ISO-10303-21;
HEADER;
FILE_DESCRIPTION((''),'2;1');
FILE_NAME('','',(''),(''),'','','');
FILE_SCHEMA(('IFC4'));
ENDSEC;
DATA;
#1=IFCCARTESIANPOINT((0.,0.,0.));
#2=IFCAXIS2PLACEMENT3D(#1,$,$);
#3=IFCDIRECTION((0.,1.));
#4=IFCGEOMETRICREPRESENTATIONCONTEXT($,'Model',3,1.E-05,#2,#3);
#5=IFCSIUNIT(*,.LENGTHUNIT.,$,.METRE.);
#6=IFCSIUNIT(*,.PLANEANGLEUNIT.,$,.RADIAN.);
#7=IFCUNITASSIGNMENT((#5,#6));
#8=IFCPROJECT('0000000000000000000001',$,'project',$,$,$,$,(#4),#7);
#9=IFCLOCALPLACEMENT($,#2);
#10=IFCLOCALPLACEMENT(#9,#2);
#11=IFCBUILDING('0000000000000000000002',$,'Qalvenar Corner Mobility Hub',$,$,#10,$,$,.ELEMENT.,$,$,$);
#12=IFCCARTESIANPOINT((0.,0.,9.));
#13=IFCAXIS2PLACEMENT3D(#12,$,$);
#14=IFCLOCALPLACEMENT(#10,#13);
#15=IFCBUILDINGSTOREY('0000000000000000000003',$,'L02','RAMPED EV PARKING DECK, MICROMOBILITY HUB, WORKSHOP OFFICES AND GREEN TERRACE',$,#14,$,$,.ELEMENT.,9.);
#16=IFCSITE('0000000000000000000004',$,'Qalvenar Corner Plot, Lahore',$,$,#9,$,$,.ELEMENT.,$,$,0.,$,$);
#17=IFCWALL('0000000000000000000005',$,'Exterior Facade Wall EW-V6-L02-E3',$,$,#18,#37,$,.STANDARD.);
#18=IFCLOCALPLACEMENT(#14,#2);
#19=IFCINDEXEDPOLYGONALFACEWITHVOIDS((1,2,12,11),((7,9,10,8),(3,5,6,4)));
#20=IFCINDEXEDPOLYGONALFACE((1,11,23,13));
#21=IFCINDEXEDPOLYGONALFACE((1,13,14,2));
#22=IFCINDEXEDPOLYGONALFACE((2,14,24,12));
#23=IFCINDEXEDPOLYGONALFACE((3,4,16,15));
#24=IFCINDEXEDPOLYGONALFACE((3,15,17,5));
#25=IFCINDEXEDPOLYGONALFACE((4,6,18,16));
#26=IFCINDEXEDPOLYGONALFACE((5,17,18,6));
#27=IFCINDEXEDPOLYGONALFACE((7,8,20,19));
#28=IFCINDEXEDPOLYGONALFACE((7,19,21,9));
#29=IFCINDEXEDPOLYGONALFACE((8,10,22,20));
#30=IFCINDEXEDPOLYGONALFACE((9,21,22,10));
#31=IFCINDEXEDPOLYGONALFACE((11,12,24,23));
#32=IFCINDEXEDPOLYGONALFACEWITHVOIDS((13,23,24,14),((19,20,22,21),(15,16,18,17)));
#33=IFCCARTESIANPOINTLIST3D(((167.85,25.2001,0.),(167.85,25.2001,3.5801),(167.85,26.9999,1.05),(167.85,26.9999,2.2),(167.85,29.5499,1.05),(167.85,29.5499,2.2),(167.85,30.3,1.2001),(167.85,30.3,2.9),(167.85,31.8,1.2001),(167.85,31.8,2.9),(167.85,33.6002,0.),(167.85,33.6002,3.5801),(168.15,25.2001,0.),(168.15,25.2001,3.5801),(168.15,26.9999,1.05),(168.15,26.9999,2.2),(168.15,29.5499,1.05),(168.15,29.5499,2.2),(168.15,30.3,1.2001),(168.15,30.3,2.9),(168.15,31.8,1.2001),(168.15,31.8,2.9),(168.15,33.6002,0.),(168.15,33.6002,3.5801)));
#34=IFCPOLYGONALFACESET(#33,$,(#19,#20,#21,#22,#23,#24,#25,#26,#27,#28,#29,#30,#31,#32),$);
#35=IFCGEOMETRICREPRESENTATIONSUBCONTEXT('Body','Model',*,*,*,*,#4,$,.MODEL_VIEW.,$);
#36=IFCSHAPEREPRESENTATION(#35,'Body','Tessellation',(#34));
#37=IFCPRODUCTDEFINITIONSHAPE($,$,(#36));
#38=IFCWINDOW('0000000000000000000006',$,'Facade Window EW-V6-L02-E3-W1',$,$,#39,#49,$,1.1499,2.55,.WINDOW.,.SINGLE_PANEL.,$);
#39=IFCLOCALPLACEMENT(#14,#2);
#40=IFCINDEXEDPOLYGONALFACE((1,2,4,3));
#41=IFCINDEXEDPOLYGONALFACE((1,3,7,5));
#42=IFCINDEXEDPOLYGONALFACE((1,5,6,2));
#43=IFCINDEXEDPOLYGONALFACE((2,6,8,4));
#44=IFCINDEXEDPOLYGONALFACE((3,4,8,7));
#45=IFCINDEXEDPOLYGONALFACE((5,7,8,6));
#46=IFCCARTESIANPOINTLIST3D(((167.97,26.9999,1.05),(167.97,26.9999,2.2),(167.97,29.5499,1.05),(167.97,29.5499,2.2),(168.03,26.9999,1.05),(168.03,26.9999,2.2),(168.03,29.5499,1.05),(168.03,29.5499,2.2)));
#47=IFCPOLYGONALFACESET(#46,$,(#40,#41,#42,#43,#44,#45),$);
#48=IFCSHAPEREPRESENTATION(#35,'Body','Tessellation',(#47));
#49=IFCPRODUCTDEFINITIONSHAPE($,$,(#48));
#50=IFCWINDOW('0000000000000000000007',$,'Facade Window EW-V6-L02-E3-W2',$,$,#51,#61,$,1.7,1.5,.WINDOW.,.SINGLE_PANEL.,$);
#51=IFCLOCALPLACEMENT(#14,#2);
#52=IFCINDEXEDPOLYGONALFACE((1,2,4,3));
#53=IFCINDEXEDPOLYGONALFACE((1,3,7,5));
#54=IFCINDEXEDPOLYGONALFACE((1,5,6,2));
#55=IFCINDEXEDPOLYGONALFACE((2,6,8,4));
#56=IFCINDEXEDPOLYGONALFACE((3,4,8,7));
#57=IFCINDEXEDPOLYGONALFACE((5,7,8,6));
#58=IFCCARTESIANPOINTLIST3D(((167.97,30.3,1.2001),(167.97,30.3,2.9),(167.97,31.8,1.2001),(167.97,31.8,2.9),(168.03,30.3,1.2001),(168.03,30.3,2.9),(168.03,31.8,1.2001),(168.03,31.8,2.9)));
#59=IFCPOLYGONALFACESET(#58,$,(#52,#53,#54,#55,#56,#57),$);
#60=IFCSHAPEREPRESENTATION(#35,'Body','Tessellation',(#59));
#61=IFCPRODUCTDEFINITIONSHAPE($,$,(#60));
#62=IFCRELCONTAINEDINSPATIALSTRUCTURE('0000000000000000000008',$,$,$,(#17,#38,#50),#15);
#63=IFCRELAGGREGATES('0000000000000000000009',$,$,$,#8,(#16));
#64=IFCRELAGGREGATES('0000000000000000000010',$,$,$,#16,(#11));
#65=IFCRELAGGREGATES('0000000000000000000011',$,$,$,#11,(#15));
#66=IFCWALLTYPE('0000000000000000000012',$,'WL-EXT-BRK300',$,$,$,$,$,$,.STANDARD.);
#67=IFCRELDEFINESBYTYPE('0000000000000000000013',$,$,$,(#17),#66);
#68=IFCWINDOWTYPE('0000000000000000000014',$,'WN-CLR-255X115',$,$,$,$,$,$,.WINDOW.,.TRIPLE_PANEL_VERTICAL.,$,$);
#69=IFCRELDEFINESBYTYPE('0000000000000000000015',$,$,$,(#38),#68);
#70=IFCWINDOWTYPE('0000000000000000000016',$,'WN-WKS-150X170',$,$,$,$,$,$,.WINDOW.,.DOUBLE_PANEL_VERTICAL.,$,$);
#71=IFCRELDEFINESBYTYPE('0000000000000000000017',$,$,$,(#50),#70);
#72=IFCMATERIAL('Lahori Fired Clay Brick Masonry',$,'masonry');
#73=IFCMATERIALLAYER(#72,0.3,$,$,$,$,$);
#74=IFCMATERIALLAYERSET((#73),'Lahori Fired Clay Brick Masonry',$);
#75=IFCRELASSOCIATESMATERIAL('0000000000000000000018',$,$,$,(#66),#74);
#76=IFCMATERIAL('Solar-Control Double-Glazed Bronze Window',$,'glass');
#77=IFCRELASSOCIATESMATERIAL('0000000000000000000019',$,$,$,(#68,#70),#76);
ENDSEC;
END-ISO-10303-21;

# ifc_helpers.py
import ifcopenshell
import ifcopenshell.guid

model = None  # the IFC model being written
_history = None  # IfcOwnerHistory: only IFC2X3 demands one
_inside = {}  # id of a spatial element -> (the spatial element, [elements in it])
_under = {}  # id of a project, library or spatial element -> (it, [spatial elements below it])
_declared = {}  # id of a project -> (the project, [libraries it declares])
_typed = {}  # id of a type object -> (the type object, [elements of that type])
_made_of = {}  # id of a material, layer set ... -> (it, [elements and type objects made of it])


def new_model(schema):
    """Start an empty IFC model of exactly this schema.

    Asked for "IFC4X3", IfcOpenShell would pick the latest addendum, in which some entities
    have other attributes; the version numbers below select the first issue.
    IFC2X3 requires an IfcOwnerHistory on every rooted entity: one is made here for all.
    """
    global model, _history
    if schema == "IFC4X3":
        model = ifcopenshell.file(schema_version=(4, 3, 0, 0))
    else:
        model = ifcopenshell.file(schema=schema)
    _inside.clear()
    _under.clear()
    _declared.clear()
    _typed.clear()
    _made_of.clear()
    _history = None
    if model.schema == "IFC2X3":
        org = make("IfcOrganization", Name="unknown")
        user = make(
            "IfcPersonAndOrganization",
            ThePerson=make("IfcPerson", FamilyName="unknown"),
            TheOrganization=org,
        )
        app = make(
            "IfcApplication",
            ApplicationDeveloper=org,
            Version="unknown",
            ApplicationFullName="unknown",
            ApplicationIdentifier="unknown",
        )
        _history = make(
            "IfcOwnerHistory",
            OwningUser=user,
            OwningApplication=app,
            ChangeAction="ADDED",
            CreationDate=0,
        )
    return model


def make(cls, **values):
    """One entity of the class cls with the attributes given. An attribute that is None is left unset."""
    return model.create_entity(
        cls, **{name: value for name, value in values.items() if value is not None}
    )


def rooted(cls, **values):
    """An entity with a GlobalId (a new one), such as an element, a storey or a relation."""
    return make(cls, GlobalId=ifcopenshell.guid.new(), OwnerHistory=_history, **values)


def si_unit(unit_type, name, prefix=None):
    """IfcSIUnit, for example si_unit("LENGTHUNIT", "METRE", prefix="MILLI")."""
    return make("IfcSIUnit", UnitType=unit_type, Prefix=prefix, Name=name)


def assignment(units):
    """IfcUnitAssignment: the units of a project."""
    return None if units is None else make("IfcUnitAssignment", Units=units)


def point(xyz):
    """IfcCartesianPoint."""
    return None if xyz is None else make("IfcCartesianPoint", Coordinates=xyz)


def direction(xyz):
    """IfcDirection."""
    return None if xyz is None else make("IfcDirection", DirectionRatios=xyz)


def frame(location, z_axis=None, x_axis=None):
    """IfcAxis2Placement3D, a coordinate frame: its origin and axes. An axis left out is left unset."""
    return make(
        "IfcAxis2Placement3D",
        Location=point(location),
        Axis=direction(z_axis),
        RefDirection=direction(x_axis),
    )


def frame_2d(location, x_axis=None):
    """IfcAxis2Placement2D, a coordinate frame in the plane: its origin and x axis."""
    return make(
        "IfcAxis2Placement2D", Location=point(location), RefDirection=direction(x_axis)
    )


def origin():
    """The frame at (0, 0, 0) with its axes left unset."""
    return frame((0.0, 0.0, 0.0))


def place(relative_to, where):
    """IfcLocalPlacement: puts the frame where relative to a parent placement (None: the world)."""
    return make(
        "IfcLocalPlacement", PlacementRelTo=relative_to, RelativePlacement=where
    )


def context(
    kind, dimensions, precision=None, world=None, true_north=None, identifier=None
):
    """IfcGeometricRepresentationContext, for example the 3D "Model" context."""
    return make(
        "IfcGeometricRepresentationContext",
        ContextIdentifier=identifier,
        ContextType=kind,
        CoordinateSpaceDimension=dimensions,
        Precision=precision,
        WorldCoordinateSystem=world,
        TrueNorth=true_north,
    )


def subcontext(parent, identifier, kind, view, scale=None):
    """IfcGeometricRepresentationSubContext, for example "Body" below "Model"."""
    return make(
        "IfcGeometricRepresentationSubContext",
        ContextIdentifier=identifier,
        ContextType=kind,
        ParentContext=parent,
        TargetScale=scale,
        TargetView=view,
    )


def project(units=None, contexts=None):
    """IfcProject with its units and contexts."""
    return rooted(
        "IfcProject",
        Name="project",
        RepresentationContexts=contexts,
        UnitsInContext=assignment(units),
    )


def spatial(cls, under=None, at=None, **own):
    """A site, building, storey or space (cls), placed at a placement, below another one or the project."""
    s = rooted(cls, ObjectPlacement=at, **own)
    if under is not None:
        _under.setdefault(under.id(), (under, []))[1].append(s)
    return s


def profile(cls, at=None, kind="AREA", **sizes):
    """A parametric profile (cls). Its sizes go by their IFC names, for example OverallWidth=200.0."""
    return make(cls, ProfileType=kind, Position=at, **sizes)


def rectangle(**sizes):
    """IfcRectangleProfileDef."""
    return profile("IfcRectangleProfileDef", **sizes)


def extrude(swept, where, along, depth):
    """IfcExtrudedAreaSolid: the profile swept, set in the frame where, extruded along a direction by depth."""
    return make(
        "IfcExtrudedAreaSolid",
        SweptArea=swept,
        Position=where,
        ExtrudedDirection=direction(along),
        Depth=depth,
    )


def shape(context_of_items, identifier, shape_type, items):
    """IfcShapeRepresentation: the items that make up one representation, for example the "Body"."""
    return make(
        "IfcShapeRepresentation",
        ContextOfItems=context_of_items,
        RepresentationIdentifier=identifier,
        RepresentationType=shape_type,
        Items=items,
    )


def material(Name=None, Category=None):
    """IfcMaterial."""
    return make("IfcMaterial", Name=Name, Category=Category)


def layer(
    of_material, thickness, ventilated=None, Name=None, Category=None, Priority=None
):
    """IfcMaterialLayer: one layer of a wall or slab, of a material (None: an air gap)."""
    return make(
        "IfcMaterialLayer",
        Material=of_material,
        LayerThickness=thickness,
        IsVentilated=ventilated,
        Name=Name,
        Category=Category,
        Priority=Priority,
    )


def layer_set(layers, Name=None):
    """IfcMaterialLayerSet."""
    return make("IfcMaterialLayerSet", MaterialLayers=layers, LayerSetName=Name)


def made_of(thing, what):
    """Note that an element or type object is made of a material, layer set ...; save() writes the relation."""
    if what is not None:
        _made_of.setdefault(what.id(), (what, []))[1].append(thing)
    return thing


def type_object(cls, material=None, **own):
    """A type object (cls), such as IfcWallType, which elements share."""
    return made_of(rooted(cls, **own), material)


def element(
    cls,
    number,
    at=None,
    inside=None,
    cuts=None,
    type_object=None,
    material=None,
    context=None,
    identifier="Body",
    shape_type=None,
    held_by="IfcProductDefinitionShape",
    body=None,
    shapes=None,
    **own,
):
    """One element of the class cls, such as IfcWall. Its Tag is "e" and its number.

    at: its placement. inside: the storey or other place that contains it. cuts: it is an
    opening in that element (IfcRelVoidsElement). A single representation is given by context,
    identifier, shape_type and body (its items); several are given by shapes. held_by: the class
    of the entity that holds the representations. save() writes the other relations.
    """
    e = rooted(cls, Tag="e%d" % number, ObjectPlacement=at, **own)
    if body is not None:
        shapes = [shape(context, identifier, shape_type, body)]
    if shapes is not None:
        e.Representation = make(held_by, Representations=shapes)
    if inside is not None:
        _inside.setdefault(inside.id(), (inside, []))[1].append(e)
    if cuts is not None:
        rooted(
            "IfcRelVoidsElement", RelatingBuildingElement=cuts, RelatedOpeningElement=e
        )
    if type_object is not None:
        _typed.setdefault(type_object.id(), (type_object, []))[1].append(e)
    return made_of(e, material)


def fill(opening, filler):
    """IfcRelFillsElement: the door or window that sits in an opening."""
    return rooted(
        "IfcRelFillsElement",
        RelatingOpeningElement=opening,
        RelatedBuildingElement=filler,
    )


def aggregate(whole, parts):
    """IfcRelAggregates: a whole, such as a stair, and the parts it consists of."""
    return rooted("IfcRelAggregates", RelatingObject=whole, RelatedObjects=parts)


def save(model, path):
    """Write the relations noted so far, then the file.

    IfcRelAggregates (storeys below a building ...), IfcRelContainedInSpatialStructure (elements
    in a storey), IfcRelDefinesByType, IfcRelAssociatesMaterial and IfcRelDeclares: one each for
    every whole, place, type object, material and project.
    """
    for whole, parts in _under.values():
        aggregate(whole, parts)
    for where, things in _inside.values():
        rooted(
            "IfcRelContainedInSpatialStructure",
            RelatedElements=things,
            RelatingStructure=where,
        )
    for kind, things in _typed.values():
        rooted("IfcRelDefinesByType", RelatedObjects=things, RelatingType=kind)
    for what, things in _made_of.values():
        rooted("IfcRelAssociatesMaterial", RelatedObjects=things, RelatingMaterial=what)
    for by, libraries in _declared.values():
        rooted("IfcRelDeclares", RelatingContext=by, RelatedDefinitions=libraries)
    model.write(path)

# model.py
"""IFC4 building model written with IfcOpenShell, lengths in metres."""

from ifc_helpers import new_model, si_unit, direction, frame, frame_2d, origin, place, context, subcontext, project, spatial, rectangle, extrude, material, layer, layer_set, type_object, element, fill, save


model = new_model("IFC4")

# Units and contexts
model_context = context("Model", 3, precision=1e-05, world=origin(), true_north=direction((0.0, 1.0)))
body_context = subcontext(model_context, "Body", "Model", "MODEL_VIEW")
ifc_project = project(units=[si_unit("LENGTHUNIT", "METRE"), si_unit("PLANEANGLEUNIT", "RADIAN")], contexts=[model_context])

# Site, building, storey
site_placement = place(None, origin())
site = spatial("IfcSite", under=ifc_project, at=site_placement, Name="Qalvenar Corner Plot, Lahore", CompositionType="ELEMENT", RefElevation=0.0)
building_placement = place(site_placement, origin())
building = spatial("IfcBuilding", under=site, at=building_placement, Name="Qalvenar Corner Mobility Hub", CompositionType="ELEMENT")
storey_placement = place(building_placement, frame((0.0, 0.0, 9.0)))
storey = spatial("IfcBuildingStorey", under=building, at=storey_placement, Name="L02", Description="RAMPED EV PARKING DECK, MICROMOBILITY HUB, WORKSHOP OFFICES AND GREEN TERRACE", CompositionType="ELEMENT", Elevation=9.0)

# Wall, openings, windows
ifc_material_1 = material(Name="Lahori Fired Clay Brick Masonry", Category="masonry")
ifc_layer = layer(ifc_material_1, 0.3)
ifc_layer_set = layer_set([ifc_layer], Name="Lahori Fired Clay Brick Masonry")
wall_type = type_object("IfcWallType", Name="WL-EXT-BRK300", PredefinedType="STANDARD", material=ifc_layer_set)
ifc_material_2 = material(Name="Solar-Control Double-Glazed Bronze Window", Category="glass")
window_type_1 = type_object("IfcWindowType", Name="WN-CLR-255X115", PartitioningType="TRIPLE_PANEL_VERTICAL", PredefinedType="WINDOW", material=ifc_material_2)
window_type_2 = type_object("IfcWindowType", Name="WN-WKS-150X170", PartitioningType="DOUBLE_PANEL_VERTICAL", PredefinedType="WINDOW", material=ifc_material_2)
wall_1_placement = place(storey_placement, frame((168.0, 25.2, 0.0), z_axis=(0.0, 0.0, 1.0), x_axis=(0.0, 1.0, 0.0)))
wall_1 = element("IfcWall", 1, at=wall_1_placement, inside=storey, type_object=wall_type, Name="Exterior Facade Wall EW-V6-L02-E3", PredefinedType="STANDARD", context=body_context, shape_type="SweptSolid", body=[
    extrude(rectangle(XDim=8.4001, YDim=0.3, at=frame_2d((4.2002, 0.0))), origin(), (0.0, 0.0, 1.0), 3.5801),
])
opening_1_placement = place(wall_1_placement, frame((1.8, 0.0, 1.05)))
opening_1 = element("IfcOpeningElement", 2, at=opening_1_placement, cuts=wall_1, PredefinedType="OPENING", context=body_context, shape_type="SweptSolid", body=[
    extrude(rectangle(XDim=2.55, YDim=1.1499, at=frame_2d((1.2749, 0.575))), frame((0.0, 0.1602, 0.0), z_axis=(0.0, -1.0, 0.0), x_axis=(1.0, 0.0, 0.0)), (0.0, 0.0, 1.0), 0.3201),
])
opening_2_placement = place(wall_1_placement, frame((5.1001, 0.0, 1.2)))
opening_2 = element("IfcOpeningElement", 3, at=opening_2_placement, cuts=wall_1, PredefinedType="OPENING", context=body_context, shape_type="SweptSolid", body=[
    extrude(rectangle(XDim=1.5, YDim=1.7, at=frame_2d((0.75, 0.8501))), frame((0.0, 0.1602, 0.0), z_axis=(0.0, -1.0, 0.0), x_axis=(1.0, 0.0, 0.0)), (0.0, 0.0, 1.0), 0.3201),
])
window_1_placement = place(opening_1_placement, origin())
window_1 = element("IfcWindow", 4, at=window_1_placement, inside=storey, type_object=window_type_1, Name="Facade Window EW-V6-L02-E3-W1", OverallHeight=1.1499, OverallWidth=2.55, PartitioningType="SINGLE_PANEL", PredefinedType="WINDOW", context=body_context, shape_type="SweptSolid", body=[
    extrude(rectangle(XDim=2.55, YDim=1.1499, at=frame_2d((1.2749, 0.575))), frame((0.0, 0.03, 0.0), z_axis=(0.0, -1.0, 0.0), x_axis=(1.0, 0.0, 0.0)), (0.0, 0.0, 1.0), 0.0601),
])
fill(opening_1, window_1)
window_2_placement = place(opening_2_placement, origin())
window_2 = element("IfcWindow", 5, at=window_2_placement, inside=storey, type_object=window_type_2, Name="Facade Window EW-V6-L02-E3-W2", OverallHeight=1.7, OverallWidth=1.5, PartitioningType="SINGLE_PANEL", PredefinedType="WINDOW", context=body_context, shape_type="SweptSolid", body=[
    extrude(rectangle(XDim=1.5, YDim=1.7, at=frame_2d((0.75, 0.8501))), frame((0.0, 0.03, 0.0), z_axis=(0.0, -1.0, 0.0), x_axis=(1.0, 0.0, 0.0)), (0.0, 0.0, 1.0), 0.0601),
])
fill(opening_2, window_2)

save(model, "model.ifc")
